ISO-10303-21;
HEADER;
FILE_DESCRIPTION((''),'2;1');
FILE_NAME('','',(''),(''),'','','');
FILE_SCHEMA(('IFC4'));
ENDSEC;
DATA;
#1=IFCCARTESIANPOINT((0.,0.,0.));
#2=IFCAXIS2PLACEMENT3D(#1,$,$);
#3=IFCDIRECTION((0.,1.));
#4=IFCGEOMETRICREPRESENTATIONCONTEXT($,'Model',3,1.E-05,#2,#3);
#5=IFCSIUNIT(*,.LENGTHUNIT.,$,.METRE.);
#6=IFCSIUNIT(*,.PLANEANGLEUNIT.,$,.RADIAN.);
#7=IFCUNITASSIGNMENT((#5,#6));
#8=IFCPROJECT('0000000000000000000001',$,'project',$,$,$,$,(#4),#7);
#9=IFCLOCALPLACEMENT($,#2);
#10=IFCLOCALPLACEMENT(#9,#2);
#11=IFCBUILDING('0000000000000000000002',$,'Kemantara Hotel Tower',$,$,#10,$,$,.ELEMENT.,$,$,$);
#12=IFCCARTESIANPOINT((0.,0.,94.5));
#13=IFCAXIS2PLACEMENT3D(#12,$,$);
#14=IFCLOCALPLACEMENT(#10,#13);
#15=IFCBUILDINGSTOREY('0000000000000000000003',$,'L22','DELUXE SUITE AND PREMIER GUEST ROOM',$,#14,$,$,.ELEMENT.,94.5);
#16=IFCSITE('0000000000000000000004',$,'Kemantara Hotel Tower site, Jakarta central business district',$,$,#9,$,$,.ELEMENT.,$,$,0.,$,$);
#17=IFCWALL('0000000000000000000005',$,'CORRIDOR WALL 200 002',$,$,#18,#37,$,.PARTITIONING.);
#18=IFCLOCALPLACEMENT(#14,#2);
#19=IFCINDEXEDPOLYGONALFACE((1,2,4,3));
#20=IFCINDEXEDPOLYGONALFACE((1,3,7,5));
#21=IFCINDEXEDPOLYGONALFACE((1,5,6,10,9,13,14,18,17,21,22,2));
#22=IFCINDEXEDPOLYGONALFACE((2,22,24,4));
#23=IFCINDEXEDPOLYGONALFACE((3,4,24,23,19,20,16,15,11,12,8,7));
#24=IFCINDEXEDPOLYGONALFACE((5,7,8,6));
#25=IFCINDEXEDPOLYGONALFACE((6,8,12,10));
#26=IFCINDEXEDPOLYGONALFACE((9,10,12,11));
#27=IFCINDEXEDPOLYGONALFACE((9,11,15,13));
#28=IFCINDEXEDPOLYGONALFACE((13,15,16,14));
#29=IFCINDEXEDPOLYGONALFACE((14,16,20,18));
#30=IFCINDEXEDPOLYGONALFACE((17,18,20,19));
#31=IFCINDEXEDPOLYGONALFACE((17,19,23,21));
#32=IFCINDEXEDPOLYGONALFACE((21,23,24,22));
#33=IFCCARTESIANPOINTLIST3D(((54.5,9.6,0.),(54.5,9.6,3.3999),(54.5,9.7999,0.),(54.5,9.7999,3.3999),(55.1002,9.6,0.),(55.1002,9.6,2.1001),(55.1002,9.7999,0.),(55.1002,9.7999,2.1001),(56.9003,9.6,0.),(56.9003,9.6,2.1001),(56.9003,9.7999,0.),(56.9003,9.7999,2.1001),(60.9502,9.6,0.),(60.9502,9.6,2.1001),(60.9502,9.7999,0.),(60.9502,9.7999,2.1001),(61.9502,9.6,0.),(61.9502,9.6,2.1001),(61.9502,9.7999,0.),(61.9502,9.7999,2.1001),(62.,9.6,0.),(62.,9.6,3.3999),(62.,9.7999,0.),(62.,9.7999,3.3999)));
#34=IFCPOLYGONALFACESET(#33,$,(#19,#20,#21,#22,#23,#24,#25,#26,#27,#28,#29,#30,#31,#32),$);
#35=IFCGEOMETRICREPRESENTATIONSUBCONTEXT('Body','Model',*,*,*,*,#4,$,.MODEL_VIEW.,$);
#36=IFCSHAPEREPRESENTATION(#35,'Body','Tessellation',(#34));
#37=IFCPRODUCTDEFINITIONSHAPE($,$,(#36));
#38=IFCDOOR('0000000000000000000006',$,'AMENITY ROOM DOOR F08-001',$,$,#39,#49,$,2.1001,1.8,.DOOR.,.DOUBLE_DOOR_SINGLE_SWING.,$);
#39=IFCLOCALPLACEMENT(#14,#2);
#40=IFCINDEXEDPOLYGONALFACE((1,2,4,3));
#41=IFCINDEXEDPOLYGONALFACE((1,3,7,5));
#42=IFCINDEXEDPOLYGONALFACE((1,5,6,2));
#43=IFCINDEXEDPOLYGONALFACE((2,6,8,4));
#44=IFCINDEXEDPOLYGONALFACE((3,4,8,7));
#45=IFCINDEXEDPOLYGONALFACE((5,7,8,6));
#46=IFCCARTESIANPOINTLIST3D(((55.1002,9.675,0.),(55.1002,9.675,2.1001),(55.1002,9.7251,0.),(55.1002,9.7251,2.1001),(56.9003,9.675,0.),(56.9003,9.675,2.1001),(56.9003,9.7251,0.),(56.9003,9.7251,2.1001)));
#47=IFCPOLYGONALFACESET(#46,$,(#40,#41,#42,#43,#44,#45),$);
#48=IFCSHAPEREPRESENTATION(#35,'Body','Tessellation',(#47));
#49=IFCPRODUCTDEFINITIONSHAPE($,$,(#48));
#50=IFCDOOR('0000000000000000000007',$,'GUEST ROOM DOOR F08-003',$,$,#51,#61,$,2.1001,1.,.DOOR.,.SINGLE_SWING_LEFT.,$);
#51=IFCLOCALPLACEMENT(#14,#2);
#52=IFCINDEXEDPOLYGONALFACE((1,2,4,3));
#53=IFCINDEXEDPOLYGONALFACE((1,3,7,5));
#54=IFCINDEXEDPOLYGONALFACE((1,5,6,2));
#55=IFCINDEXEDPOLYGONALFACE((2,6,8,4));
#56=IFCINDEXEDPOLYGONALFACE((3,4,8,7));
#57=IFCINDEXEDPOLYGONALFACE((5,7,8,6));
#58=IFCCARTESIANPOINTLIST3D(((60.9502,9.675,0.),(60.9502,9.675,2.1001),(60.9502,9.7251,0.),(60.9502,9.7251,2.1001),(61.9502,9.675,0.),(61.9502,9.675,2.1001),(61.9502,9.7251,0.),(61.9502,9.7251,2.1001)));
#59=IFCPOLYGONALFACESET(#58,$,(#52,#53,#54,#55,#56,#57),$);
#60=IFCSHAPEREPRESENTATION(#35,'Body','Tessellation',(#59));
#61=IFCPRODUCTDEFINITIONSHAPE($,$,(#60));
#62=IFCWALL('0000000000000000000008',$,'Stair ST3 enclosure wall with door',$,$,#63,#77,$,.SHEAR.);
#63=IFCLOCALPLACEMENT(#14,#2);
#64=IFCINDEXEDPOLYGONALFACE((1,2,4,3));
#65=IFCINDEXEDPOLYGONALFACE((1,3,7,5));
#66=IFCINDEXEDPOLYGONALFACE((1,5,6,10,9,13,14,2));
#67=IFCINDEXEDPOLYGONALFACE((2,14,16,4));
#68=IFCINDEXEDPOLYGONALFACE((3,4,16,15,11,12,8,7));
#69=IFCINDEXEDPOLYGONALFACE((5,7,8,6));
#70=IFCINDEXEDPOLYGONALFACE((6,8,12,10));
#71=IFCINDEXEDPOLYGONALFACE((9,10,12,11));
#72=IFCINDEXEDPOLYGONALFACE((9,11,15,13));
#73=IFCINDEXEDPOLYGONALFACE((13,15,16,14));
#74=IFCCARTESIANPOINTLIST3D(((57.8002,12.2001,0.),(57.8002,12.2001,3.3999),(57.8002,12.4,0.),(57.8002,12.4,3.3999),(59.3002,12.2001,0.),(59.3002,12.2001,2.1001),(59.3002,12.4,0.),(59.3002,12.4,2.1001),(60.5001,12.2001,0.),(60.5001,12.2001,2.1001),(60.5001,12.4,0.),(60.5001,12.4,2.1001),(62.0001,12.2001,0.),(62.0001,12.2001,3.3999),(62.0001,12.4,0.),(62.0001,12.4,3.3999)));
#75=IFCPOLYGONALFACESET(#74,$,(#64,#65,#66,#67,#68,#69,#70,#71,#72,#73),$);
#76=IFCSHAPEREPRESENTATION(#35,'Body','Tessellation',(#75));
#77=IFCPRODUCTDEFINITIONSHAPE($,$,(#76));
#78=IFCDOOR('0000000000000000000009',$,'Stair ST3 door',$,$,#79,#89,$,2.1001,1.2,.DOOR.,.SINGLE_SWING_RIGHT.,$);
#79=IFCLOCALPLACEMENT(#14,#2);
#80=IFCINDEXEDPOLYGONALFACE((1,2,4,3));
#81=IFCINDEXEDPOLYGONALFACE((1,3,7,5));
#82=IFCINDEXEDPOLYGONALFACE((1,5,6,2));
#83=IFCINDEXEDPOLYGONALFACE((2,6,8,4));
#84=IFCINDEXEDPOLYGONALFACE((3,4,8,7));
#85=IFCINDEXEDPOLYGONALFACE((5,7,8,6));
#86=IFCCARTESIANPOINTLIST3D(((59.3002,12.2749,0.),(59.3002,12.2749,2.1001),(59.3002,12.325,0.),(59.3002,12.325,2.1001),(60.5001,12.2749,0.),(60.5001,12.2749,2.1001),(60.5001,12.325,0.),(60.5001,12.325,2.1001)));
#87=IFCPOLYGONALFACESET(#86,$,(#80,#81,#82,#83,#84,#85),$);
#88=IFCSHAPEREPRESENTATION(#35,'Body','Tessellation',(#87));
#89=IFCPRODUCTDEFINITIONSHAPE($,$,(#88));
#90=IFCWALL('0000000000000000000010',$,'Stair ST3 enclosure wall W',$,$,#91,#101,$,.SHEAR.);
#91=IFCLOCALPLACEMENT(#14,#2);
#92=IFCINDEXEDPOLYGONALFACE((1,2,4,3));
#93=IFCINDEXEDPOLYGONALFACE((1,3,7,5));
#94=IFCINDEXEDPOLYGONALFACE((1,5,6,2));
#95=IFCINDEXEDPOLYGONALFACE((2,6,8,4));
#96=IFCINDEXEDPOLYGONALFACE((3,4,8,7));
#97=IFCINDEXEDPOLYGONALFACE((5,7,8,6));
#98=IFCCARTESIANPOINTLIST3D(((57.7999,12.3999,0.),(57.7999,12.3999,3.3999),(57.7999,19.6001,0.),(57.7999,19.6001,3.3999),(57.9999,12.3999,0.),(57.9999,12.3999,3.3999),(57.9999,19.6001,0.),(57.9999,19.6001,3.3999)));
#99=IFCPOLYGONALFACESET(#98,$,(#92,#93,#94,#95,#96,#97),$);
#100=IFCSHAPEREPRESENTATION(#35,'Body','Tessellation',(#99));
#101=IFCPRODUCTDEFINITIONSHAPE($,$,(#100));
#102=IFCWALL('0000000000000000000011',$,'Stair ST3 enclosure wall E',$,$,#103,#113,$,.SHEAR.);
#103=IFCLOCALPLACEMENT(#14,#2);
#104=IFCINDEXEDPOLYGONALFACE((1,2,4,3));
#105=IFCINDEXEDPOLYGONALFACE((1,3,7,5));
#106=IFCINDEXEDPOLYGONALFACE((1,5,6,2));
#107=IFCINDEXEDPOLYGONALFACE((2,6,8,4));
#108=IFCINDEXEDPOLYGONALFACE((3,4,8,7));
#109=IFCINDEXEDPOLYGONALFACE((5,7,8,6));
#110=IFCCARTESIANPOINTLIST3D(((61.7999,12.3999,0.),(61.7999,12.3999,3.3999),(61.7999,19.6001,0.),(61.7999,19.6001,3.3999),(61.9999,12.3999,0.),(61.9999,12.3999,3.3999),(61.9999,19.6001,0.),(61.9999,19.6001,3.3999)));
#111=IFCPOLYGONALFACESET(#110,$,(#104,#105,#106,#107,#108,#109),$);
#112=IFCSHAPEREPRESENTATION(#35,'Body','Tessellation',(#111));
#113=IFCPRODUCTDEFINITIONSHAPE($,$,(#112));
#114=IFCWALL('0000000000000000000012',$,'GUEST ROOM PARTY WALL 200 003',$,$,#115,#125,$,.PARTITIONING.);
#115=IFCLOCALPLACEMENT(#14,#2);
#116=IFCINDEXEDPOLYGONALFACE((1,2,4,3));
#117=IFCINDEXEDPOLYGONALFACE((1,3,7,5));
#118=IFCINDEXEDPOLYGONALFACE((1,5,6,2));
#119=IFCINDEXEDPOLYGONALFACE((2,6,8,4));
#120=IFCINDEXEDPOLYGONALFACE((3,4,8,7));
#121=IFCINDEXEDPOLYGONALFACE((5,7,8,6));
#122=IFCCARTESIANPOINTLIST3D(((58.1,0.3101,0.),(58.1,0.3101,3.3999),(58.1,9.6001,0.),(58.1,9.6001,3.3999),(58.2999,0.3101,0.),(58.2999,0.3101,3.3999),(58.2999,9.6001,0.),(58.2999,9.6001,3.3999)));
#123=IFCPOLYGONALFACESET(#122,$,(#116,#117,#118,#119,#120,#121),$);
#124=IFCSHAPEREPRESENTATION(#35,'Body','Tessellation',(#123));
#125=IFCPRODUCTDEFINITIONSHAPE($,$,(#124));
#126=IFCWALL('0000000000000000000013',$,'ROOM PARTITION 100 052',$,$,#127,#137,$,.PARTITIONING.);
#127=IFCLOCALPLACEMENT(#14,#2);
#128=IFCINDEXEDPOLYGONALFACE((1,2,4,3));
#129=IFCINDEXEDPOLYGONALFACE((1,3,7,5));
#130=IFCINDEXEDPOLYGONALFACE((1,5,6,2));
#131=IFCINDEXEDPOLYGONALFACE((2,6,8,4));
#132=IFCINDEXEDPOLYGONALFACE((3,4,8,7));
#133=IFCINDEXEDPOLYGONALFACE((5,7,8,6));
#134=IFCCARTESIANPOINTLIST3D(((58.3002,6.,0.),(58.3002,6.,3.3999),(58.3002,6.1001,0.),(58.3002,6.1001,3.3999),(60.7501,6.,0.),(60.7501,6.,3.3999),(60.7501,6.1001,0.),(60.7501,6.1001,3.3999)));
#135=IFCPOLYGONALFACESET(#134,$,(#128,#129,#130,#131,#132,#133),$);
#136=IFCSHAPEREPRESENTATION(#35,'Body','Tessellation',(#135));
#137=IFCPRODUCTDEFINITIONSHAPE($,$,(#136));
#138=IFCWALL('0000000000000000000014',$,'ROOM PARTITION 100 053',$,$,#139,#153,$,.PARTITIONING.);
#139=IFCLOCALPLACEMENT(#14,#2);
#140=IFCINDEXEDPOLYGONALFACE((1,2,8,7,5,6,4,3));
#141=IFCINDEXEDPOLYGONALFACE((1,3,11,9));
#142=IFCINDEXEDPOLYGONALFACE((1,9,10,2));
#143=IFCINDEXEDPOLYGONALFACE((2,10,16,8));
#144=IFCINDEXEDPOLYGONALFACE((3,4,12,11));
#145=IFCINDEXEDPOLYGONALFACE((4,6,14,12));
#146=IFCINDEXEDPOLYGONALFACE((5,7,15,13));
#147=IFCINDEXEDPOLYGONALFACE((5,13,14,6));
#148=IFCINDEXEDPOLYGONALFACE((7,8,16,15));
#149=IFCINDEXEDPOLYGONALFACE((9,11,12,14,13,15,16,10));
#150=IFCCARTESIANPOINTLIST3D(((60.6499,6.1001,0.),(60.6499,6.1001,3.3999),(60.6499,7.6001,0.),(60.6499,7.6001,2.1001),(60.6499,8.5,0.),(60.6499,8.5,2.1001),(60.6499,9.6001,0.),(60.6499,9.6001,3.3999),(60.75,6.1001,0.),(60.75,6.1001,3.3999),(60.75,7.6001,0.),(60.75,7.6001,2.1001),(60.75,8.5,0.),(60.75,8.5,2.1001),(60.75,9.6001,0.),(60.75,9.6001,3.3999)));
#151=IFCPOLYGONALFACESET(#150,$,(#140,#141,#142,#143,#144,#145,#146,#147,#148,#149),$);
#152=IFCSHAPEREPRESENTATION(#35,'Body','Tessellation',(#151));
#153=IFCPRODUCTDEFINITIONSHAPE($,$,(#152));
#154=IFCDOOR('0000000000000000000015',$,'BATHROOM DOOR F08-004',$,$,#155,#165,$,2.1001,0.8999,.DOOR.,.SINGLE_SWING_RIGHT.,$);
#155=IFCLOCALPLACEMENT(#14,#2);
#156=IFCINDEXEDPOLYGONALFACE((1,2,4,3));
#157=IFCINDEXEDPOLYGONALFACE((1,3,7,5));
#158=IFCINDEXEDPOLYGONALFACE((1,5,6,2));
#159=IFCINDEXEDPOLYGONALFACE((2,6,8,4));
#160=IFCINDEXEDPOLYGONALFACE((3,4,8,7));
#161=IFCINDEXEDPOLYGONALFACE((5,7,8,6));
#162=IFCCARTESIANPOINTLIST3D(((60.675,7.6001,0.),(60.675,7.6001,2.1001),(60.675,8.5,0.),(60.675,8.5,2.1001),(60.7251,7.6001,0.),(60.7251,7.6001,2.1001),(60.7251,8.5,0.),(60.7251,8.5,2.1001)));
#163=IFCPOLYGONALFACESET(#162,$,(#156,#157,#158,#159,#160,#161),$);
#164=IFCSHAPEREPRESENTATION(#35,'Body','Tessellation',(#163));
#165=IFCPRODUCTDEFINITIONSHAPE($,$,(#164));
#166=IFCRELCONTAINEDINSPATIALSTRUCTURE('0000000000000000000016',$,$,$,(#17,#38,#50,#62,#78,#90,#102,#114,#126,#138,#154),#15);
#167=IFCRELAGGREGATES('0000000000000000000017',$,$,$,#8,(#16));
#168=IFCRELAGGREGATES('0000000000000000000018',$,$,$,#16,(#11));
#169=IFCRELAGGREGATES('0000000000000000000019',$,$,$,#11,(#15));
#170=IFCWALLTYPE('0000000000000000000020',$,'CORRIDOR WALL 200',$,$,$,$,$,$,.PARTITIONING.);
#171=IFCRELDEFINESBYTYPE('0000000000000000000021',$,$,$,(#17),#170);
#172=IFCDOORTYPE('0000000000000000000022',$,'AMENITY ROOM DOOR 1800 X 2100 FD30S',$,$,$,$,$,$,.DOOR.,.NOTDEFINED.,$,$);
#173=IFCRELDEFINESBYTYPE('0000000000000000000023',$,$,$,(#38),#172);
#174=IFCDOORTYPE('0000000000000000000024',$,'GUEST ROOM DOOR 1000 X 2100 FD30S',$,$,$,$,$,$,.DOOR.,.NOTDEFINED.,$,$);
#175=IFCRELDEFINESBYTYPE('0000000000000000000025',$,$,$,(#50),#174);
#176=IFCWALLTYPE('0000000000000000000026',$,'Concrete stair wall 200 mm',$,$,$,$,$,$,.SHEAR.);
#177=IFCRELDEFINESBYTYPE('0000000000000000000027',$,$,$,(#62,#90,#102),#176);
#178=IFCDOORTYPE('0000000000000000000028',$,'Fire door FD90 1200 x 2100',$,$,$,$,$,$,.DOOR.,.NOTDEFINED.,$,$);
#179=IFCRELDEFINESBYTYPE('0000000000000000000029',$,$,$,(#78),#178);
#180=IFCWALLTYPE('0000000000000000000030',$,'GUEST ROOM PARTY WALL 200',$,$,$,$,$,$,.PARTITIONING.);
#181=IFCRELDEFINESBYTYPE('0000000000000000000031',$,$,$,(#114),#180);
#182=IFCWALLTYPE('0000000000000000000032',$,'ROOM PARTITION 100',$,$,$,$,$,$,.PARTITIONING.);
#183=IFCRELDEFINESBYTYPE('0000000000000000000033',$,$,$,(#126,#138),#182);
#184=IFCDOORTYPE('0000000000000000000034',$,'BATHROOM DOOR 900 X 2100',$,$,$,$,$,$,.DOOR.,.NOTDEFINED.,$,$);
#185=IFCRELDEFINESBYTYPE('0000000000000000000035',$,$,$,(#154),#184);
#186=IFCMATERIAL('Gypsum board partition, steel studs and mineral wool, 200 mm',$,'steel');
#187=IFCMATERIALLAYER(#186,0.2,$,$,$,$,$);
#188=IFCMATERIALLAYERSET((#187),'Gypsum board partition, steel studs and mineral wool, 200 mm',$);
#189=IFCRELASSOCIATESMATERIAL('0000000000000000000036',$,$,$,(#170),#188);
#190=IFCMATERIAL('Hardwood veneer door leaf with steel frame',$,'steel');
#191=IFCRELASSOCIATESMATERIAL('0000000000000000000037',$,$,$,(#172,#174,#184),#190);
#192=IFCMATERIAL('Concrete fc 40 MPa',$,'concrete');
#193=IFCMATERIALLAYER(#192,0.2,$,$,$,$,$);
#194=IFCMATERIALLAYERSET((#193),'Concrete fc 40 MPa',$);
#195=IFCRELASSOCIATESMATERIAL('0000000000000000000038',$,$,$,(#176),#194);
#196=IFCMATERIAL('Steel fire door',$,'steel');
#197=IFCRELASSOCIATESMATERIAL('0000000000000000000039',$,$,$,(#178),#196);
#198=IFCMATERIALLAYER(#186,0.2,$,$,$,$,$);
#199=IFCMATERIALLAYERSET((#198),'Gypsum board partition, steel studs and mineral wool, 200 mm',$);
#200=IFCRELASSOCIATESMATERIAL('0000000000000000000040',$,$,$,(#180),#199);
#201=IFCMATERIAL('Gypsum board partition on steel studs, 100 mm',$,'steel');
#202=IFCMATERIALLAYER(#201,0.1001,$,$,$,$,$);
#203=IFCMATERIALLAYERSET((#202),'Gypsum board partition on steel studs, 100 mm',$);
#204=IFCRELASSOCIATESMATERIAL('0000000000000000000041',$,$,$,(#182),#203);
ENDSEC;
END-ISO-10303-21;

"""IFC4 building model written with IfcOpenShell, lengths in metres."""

from ifc_helpers import new_model, si_unit, direction, frame, frame_2d, origin, place, context, subcontext, project, spatial, rectangle, extrude, material, layer, layer_set, type_object, element, fill, save


model = new_model("IFC4")

# Units and contexts
model_context = context("Model", 3, precision=1e-05, world=origin(), true_north=direction((0.0, 1.0)))
body_context = subcontext(model_context, "Body", "Model", "MODEL_VIEW")
ifc_project = project(units=[si_unit("LENGTHUNIT", "METRE"), si_unit("PLANEANGLEUNIT", "RADIAN")], contexts=[model_context])

# Site, building, storey
site_placement = place(None, origin())
site = spatial("IfcSite", under=ifc_project, at=site_placement, Name="Kemantara Hotel Tower site, Jakarta central business district", CompositionType="ELEMENT", RefElevation=0.0)
building_placement = place(site_placement, origin())
building = spatial("IfcBuilding", under=site, at=building_placement, Name="Kemantara Hotel Tower", CompositionType="ELEMENT")
storey_placement = place(building_placement, frame((0.0, 0.0, 94.5)))
storey = spatial("IfcBuildingStorey", under=building, at=storey_placement, Name="L22", Description="DELUXE SUITE AND PREMIER GUEST ROOM", CompositionType="ELEMENT", Elevation=94.5)

# Wall, openings, doors
ifc_material_1 = material(Name="Gypsum board partition, steel studs and mineral wool, 200 mm", Category="steel")
ifc_layer_1 = layer(ifc_material_1, 0.2)
ifc_layer_set_1 = layer_set([ifc_layer_1], Name="Gypsum board partition, steel studs and mineral wool, 200 mm")
wall_type_1 = type_object("IfcWallType", Name="CORRIDOR WALL 200", PredefinedType="PARTITIONING", material=ifc_layer_set_1)
wall_1_placement = place(storey_placement, frame((62.0, 9.7, 0.0), z_axis=(0.0, 0.0, 1.0), x_axis=(-1.0, 0.0, 0.0)))
wall_1 = element("IfcWall", 1, at=wall_1_placement, inside=storey, type_object=wall_type_1, Name="CORRIDOR WALL 200 002", PredefinedType="PARTITIONING", context=body_context, shape_type="SweptSolid", body=[
    extrude(rectangle(XDim=7.5, YDim=0.2, at=frame_2d((3.75, 0.0))), origin(), (0.0, 0.0, 1.0), 3.3999),
])
opening_1_placement = place(wall_1_placement, frame((5.0999, 0.0, 0.0)))
opening_1 = element("IfcOpeningElement", 2, at=opening_1_placement, cuts=wall_1, PredefinedType="OPENING", context=body_context, shape_type="SweptSolid", body=[
    extrude(rectangle(XDim=1.8, YDim=2.1001, at=frame_2d((0.8999, 1.05))), frame((0.0, 0.1099, 0.0), z_axis=(0.0, -1.0, 0.0), x_axis=(1.0, 0.0, 0.0)), (0.0, 0.0, 1.0), 0.22),
])
opening_2_placement = place(wall_1_placement, frame((0.0498, 0.0, 0.0)))
opening_2 = element("IfcOpeningElement", 3, at=opening_2_placement, cuts=wall_1, PredefinedType="OPENING", context=body_context, shape_type="SweptSolid", body=[
    extrude(rectangle(XDim=1.0, YDim=2.1001, at=frame_2d((0.5, 1.05))), frame((0.0, 0.1099, 0.0), z_axis=(0.0, -1.0, 0.0), x_axis=(1.0, 0.0, 0.0)), (0.0, 0.0, 1.0), 0.22),
])
ifc_material_2 = material(Name="Hardwood veneer door leaf with steel frame", Category="steel")
door_type_1 = type_object("IfcDoorType", Name="AMENITY ROOM DOOR 1800 X 2100 FD30S", OperationType="NOTDEFINED", PredefinedType="DOOR", material=ifc_material_2)
door_1_placement = place(opening_1_placement, origin())
door_1 = element("IfcDoor", 4, at=door_1_placement, inside=storey, type_object=door_type_1, Name="AMENITY ROOM DOOR F08-001", OperationType="DOUBLE_DOOR_SINGLE_SWING", OverallHeight=2.1001, OverallWidth=1.8, PredefinedType="DOOR", context=body_context, shape_type="SweptSolid", body=[
    extrude(rectangle(XDim=1.8, YDim=2.1001, at=frame_2d((0.8999, 1.05))), frame((0.0, 0.0249, 0.0), z_axis=(0.0, -1.0, 0.0), x_axis=(1.0, 0.0, 0.0)), (0.0, 0.0, 1.0), 0.05),
])
fill(opening_1, door_1)
door_type_2 = type_object("IfcDoorType", Name="GUEST ROOM DOOR 1000 X 2100 FD30S", OperationType="NOTDEFINED", PredefinedType="DOOR", material=ifc_material_2)
door_2_placement = place(opening_2_placement, origin())
door_2 = element("IfcDoor", 5, at=door_2_placement, inside=storey, type_object=door_type_2, Name="GUEST ROOM DOOR F08-003", OperationType="SINGLE_SWING_LEFT", OverallHeight=2.1001, OverallWidth=1.0, PredefinedType="DOOR", context=body_context, shape_type="SweptSolid", body=[
    extrude(rectangle(XDim=1.0, YDim=2.1001, at=frame_2d((0.5, 1.05))), frame((0.0, 0.0249, 0.0), z_axis=(0.0, -1.0, 0.0), x_axis=(1.0, 0.0, 0.0)), (0.0, 0.0, 1.0), 0.05),
])
fill(opening_2, door_2)

# Wall, opening, door
ifc_material_3 = material(Name="Concrete fc 40 MPa", Category="concrete")
ifc_layer_2 = layer(ifc_material_3, 0.2)
ifc_layer_set_2 = layer_set([ifc_layer_2], Name="Concrete fc 40 MPa")
wall_type_2 = type_object("IfcWallType", Name="Concrete stair wall 200 mm", PredefinedType="SHEAR", material=ifc_layer_set_2)
wall_2_placement = place(storey_placement, frame((57.8, 12.3, 0.0), z_axis=(0.0, 0.0, 1.0), x_axis=(1.0, 0.0, 0.0)))
wall_2 = element("IfcWall", 6, at=wall_2_placement, inside=storey, type_object=wall_type_2, Name="Stair ST3 enclosure wall with door", PredefinedType="SHEAR", context=body_context, shape_type="SweptSolid", body=[
    extrude(rectangle(XDim=4.2, YDim=0.2, at=frame_2d((2.1001, 0.0))), origin(), (0.0, 0.0, 1.0), 3.3999),
])
opening_3_placement = place(wall_2_placement, frame((1.5, 0.0, 0.0)))
opening_3 = element("IfcOpeningElement", 7, at=opening_3_placement, cuts=wall_2, PredefinedType="OPENING", context=body_context, shape_type="SweptSolid", body=[
    extrude(rectangle(XDim=1.2, YDim=2.1001, at=frame_2d((0.6001, 1.05))), frame((0.0, 0.1099, 0.0), z_axis=(0.0, -1.0, 0.0), x_axis=(1.0, 0.0, 0.0)), (0.0, 0.0, 1.0), 0.22),
])
ifc_material_4 = material(Name="Steel fire door", Category="steel")
door_type_3 = type_object("IfcDoorType", Name="Fire door FD90 1200 x 2100", OperationType="NOTDEFINED", PredefinedType="DOOR", material=ifc_material_4)
door_3_placement = place(opening_3_placement, origin())
door_3 = element("IfcDoor", 8, at=door_3_placement, inside=storey, type_object=door_type_3, Name="Stair ST3 door", OperationType="SINGLE_SWING_RIGHT", OverallHeight=2.1001, OverallWidth=1.2, PredefinedType="DOOR", context=body_context, shape_type="SweptSolid", body=[
    extrude(rectangle(XDim=1.2, YDim=2.1001, at=frame_2d((0.6001, 1.05))), frame((0.0, 0.0249, 0.0), z_axis=(0.0, -1.0, 0.0), x_axis=(1.0, 0.0, 0.0)), (0.0, 0.0, 1.0), 0.05),
])
fill(opening_3, door_3)

# Walls
for number, where, z_axis, x_axis, name in (
    (9, (57.8999, 12.3999, 0.0), (0.0, 0.0, 1.0), (0.0, 1.0, 0.0), "Stair ST3 enclosure wall W"),
    (10, (61.8999, 12.3999, 0.0), (0.0, 0.0, 1.0), (0.0, 1.0, 0.0), "Stair ST3 enclosure wall E"),
):
    element("IfcWall", number, at=place(storey_placement, frame(where, z_axis=z_axis, x_axis=x_axis)), inside=storey, type_object=wall_type_2, Name=name, PredefinedType="SHEAR", context=body_context, shape_type="SweptSolid", body=[
        extrude(rectangle(XDim=7.2002, YDim=0.2, at=frame_2d((3.6001, 0.0))), origin(), (0.0, 0.0, 1.0), 3.3999),
    ])
ifc_layer_3 = layer(ifc_material_1, 0.2)
ifc_layer_set_3 = layer_set([ifc_layer_3], Name="Gypsum board partition, steel studs and mineral wool, 200 mm")
wall_type_3 = type_object("IfcWallType", Name="GUEST ROOM PARTY WALL 200", PredefinedType="PARTITIONING", material=ifc_layer_set_3)
wall_3_placement = place(storey_placement, frame((58.2, 0.3101, 0.0), z_axis=(0.0, 0.0, 1.0), x_axis=(0.0, 1.0, 0.0)))
element("IfcWall", 11, at=wall_3_placement, inside=storey, type_object=wall_type_3, Name="GUEST ROOM PARTY WALL 200 003", PredefinedType="PARTITIONING", context=body_context, shape_type="SweptSolid", body=[
    extrude(rectangle(XDim=9.29, YDim=0.2, at=frame_2d((4.645, 0.0))), origin(), (0.0, 0.0, 1.0), 3.3999),
])
ifc_material_5 = material(Name="Gypsum board partition on steel studs, 100 mm", Category="steel")
ifc_layer_4 = layer(ifc_material_5, 0.1001)
ifc_layer_set_4 = layer_set([ifc_layer_4], Name="Gypsum board partition on steel studs, 100 mm")
wall_type_4 = type_object("IfcWallType", Name="ROOM PARTITION 100", PredefinedType="PARTITIONING", material=ifc_layer_set_4)
wall_4_placement = place(storey_placement, frame((58.3, 6.05, 0.0), z_axis=(0.0, 0.0, 1.0), x_axis=(1.0, 0.0, 0.0)))
element("IfcWall", 12, at=wall_4_placement, inside=storey, type_object=wall_type_4, Name="ROOM PARTITION 100 052", PredefinedType="PARTITIONING", context=body_context, shape_type="SweptSolid", body=[
    extrude(rectangle(XDim=2.45, YDim=0.1001, at=frame_2d((1.2251, 0.0))), origin(), (0.0, 0.0, 1.0), 3.3999),
])

# Wall, opening, door
wall_5_placement = place(storey_placement, frame((60.7, 6.1001, 0.0), z_axis=(0.0, 0.0, 1.0), x_axis=(0.0, 1.0, 0.0)))
wall_5 = element("IfcWall", 13, at=wall_5_placement, inside=storey, type_object=wall_type_4, Name="ROOM PARTITION 100 053", PredefinedType="PARTITIONING", context=body_context, shape_type="SweptSolid", body=[
    extrude(rectangle(XDim=3.5, YDim=0.1001, at=frame_2d((1.75, 0.0))), origin(), (0.0, 0.0, 1.0), 3.3999),
])
opening_4_placement = place(wall_5_placement, frame((1.5, 0.0, 0.0)))
opening_4 = element("IfcOpeningElement", 14, at=opening_4_placement, cuts=wall_5, PredefinedType="OPENING", context=body_context, shape_type="SweptSolid", body=[
    extrude(rectangle(XDim=0.8999, YDim=2.1001, at=frame_2d((0.45, 1.05))), frame((0.0, 0.0601, 0.0), z_axis=(0.0, -1.0, 0.0), x_axis=(1.0, 0.0, 0.0)), (0.0, 0.0, 1.0), 0.1201),
])
door_type_4 = type_object("IfcDoorType", Name="BATHROOM DOOR 900 X 2100", OperationType="NOTDEFINED", PredefinedType="DOOR", material=ifc_material_2)
door_4_placement = place(opening_4_placement, origin())
door_4 = element("IfcDoor", 15, at=door_4_placement, inside=storey, type_object=door_type_4, Name="BATHROOM DOOR F08-004", OperationType="SINGLE_SWING_RIGHT", OverallHeight=2.1001, OverallWidth=0.8999, PredefinedType="DOOR", context=body_context, shape_type="SweptSolid", body=[
    extrude(rectangle(XDim=0.8999, YDim=2.1001, at=frame_2d((0.45, 1.05))), frame((0.0, 0.0249, 0.0), z_axis=(0.0, -1.0, 0.0), x_axis=(1.0, 0.0, 0.0)), (0.0, 0.0, 1.0), 0.05),
])
fill(opening_4, door_4)

save(model, "model.ifc")
